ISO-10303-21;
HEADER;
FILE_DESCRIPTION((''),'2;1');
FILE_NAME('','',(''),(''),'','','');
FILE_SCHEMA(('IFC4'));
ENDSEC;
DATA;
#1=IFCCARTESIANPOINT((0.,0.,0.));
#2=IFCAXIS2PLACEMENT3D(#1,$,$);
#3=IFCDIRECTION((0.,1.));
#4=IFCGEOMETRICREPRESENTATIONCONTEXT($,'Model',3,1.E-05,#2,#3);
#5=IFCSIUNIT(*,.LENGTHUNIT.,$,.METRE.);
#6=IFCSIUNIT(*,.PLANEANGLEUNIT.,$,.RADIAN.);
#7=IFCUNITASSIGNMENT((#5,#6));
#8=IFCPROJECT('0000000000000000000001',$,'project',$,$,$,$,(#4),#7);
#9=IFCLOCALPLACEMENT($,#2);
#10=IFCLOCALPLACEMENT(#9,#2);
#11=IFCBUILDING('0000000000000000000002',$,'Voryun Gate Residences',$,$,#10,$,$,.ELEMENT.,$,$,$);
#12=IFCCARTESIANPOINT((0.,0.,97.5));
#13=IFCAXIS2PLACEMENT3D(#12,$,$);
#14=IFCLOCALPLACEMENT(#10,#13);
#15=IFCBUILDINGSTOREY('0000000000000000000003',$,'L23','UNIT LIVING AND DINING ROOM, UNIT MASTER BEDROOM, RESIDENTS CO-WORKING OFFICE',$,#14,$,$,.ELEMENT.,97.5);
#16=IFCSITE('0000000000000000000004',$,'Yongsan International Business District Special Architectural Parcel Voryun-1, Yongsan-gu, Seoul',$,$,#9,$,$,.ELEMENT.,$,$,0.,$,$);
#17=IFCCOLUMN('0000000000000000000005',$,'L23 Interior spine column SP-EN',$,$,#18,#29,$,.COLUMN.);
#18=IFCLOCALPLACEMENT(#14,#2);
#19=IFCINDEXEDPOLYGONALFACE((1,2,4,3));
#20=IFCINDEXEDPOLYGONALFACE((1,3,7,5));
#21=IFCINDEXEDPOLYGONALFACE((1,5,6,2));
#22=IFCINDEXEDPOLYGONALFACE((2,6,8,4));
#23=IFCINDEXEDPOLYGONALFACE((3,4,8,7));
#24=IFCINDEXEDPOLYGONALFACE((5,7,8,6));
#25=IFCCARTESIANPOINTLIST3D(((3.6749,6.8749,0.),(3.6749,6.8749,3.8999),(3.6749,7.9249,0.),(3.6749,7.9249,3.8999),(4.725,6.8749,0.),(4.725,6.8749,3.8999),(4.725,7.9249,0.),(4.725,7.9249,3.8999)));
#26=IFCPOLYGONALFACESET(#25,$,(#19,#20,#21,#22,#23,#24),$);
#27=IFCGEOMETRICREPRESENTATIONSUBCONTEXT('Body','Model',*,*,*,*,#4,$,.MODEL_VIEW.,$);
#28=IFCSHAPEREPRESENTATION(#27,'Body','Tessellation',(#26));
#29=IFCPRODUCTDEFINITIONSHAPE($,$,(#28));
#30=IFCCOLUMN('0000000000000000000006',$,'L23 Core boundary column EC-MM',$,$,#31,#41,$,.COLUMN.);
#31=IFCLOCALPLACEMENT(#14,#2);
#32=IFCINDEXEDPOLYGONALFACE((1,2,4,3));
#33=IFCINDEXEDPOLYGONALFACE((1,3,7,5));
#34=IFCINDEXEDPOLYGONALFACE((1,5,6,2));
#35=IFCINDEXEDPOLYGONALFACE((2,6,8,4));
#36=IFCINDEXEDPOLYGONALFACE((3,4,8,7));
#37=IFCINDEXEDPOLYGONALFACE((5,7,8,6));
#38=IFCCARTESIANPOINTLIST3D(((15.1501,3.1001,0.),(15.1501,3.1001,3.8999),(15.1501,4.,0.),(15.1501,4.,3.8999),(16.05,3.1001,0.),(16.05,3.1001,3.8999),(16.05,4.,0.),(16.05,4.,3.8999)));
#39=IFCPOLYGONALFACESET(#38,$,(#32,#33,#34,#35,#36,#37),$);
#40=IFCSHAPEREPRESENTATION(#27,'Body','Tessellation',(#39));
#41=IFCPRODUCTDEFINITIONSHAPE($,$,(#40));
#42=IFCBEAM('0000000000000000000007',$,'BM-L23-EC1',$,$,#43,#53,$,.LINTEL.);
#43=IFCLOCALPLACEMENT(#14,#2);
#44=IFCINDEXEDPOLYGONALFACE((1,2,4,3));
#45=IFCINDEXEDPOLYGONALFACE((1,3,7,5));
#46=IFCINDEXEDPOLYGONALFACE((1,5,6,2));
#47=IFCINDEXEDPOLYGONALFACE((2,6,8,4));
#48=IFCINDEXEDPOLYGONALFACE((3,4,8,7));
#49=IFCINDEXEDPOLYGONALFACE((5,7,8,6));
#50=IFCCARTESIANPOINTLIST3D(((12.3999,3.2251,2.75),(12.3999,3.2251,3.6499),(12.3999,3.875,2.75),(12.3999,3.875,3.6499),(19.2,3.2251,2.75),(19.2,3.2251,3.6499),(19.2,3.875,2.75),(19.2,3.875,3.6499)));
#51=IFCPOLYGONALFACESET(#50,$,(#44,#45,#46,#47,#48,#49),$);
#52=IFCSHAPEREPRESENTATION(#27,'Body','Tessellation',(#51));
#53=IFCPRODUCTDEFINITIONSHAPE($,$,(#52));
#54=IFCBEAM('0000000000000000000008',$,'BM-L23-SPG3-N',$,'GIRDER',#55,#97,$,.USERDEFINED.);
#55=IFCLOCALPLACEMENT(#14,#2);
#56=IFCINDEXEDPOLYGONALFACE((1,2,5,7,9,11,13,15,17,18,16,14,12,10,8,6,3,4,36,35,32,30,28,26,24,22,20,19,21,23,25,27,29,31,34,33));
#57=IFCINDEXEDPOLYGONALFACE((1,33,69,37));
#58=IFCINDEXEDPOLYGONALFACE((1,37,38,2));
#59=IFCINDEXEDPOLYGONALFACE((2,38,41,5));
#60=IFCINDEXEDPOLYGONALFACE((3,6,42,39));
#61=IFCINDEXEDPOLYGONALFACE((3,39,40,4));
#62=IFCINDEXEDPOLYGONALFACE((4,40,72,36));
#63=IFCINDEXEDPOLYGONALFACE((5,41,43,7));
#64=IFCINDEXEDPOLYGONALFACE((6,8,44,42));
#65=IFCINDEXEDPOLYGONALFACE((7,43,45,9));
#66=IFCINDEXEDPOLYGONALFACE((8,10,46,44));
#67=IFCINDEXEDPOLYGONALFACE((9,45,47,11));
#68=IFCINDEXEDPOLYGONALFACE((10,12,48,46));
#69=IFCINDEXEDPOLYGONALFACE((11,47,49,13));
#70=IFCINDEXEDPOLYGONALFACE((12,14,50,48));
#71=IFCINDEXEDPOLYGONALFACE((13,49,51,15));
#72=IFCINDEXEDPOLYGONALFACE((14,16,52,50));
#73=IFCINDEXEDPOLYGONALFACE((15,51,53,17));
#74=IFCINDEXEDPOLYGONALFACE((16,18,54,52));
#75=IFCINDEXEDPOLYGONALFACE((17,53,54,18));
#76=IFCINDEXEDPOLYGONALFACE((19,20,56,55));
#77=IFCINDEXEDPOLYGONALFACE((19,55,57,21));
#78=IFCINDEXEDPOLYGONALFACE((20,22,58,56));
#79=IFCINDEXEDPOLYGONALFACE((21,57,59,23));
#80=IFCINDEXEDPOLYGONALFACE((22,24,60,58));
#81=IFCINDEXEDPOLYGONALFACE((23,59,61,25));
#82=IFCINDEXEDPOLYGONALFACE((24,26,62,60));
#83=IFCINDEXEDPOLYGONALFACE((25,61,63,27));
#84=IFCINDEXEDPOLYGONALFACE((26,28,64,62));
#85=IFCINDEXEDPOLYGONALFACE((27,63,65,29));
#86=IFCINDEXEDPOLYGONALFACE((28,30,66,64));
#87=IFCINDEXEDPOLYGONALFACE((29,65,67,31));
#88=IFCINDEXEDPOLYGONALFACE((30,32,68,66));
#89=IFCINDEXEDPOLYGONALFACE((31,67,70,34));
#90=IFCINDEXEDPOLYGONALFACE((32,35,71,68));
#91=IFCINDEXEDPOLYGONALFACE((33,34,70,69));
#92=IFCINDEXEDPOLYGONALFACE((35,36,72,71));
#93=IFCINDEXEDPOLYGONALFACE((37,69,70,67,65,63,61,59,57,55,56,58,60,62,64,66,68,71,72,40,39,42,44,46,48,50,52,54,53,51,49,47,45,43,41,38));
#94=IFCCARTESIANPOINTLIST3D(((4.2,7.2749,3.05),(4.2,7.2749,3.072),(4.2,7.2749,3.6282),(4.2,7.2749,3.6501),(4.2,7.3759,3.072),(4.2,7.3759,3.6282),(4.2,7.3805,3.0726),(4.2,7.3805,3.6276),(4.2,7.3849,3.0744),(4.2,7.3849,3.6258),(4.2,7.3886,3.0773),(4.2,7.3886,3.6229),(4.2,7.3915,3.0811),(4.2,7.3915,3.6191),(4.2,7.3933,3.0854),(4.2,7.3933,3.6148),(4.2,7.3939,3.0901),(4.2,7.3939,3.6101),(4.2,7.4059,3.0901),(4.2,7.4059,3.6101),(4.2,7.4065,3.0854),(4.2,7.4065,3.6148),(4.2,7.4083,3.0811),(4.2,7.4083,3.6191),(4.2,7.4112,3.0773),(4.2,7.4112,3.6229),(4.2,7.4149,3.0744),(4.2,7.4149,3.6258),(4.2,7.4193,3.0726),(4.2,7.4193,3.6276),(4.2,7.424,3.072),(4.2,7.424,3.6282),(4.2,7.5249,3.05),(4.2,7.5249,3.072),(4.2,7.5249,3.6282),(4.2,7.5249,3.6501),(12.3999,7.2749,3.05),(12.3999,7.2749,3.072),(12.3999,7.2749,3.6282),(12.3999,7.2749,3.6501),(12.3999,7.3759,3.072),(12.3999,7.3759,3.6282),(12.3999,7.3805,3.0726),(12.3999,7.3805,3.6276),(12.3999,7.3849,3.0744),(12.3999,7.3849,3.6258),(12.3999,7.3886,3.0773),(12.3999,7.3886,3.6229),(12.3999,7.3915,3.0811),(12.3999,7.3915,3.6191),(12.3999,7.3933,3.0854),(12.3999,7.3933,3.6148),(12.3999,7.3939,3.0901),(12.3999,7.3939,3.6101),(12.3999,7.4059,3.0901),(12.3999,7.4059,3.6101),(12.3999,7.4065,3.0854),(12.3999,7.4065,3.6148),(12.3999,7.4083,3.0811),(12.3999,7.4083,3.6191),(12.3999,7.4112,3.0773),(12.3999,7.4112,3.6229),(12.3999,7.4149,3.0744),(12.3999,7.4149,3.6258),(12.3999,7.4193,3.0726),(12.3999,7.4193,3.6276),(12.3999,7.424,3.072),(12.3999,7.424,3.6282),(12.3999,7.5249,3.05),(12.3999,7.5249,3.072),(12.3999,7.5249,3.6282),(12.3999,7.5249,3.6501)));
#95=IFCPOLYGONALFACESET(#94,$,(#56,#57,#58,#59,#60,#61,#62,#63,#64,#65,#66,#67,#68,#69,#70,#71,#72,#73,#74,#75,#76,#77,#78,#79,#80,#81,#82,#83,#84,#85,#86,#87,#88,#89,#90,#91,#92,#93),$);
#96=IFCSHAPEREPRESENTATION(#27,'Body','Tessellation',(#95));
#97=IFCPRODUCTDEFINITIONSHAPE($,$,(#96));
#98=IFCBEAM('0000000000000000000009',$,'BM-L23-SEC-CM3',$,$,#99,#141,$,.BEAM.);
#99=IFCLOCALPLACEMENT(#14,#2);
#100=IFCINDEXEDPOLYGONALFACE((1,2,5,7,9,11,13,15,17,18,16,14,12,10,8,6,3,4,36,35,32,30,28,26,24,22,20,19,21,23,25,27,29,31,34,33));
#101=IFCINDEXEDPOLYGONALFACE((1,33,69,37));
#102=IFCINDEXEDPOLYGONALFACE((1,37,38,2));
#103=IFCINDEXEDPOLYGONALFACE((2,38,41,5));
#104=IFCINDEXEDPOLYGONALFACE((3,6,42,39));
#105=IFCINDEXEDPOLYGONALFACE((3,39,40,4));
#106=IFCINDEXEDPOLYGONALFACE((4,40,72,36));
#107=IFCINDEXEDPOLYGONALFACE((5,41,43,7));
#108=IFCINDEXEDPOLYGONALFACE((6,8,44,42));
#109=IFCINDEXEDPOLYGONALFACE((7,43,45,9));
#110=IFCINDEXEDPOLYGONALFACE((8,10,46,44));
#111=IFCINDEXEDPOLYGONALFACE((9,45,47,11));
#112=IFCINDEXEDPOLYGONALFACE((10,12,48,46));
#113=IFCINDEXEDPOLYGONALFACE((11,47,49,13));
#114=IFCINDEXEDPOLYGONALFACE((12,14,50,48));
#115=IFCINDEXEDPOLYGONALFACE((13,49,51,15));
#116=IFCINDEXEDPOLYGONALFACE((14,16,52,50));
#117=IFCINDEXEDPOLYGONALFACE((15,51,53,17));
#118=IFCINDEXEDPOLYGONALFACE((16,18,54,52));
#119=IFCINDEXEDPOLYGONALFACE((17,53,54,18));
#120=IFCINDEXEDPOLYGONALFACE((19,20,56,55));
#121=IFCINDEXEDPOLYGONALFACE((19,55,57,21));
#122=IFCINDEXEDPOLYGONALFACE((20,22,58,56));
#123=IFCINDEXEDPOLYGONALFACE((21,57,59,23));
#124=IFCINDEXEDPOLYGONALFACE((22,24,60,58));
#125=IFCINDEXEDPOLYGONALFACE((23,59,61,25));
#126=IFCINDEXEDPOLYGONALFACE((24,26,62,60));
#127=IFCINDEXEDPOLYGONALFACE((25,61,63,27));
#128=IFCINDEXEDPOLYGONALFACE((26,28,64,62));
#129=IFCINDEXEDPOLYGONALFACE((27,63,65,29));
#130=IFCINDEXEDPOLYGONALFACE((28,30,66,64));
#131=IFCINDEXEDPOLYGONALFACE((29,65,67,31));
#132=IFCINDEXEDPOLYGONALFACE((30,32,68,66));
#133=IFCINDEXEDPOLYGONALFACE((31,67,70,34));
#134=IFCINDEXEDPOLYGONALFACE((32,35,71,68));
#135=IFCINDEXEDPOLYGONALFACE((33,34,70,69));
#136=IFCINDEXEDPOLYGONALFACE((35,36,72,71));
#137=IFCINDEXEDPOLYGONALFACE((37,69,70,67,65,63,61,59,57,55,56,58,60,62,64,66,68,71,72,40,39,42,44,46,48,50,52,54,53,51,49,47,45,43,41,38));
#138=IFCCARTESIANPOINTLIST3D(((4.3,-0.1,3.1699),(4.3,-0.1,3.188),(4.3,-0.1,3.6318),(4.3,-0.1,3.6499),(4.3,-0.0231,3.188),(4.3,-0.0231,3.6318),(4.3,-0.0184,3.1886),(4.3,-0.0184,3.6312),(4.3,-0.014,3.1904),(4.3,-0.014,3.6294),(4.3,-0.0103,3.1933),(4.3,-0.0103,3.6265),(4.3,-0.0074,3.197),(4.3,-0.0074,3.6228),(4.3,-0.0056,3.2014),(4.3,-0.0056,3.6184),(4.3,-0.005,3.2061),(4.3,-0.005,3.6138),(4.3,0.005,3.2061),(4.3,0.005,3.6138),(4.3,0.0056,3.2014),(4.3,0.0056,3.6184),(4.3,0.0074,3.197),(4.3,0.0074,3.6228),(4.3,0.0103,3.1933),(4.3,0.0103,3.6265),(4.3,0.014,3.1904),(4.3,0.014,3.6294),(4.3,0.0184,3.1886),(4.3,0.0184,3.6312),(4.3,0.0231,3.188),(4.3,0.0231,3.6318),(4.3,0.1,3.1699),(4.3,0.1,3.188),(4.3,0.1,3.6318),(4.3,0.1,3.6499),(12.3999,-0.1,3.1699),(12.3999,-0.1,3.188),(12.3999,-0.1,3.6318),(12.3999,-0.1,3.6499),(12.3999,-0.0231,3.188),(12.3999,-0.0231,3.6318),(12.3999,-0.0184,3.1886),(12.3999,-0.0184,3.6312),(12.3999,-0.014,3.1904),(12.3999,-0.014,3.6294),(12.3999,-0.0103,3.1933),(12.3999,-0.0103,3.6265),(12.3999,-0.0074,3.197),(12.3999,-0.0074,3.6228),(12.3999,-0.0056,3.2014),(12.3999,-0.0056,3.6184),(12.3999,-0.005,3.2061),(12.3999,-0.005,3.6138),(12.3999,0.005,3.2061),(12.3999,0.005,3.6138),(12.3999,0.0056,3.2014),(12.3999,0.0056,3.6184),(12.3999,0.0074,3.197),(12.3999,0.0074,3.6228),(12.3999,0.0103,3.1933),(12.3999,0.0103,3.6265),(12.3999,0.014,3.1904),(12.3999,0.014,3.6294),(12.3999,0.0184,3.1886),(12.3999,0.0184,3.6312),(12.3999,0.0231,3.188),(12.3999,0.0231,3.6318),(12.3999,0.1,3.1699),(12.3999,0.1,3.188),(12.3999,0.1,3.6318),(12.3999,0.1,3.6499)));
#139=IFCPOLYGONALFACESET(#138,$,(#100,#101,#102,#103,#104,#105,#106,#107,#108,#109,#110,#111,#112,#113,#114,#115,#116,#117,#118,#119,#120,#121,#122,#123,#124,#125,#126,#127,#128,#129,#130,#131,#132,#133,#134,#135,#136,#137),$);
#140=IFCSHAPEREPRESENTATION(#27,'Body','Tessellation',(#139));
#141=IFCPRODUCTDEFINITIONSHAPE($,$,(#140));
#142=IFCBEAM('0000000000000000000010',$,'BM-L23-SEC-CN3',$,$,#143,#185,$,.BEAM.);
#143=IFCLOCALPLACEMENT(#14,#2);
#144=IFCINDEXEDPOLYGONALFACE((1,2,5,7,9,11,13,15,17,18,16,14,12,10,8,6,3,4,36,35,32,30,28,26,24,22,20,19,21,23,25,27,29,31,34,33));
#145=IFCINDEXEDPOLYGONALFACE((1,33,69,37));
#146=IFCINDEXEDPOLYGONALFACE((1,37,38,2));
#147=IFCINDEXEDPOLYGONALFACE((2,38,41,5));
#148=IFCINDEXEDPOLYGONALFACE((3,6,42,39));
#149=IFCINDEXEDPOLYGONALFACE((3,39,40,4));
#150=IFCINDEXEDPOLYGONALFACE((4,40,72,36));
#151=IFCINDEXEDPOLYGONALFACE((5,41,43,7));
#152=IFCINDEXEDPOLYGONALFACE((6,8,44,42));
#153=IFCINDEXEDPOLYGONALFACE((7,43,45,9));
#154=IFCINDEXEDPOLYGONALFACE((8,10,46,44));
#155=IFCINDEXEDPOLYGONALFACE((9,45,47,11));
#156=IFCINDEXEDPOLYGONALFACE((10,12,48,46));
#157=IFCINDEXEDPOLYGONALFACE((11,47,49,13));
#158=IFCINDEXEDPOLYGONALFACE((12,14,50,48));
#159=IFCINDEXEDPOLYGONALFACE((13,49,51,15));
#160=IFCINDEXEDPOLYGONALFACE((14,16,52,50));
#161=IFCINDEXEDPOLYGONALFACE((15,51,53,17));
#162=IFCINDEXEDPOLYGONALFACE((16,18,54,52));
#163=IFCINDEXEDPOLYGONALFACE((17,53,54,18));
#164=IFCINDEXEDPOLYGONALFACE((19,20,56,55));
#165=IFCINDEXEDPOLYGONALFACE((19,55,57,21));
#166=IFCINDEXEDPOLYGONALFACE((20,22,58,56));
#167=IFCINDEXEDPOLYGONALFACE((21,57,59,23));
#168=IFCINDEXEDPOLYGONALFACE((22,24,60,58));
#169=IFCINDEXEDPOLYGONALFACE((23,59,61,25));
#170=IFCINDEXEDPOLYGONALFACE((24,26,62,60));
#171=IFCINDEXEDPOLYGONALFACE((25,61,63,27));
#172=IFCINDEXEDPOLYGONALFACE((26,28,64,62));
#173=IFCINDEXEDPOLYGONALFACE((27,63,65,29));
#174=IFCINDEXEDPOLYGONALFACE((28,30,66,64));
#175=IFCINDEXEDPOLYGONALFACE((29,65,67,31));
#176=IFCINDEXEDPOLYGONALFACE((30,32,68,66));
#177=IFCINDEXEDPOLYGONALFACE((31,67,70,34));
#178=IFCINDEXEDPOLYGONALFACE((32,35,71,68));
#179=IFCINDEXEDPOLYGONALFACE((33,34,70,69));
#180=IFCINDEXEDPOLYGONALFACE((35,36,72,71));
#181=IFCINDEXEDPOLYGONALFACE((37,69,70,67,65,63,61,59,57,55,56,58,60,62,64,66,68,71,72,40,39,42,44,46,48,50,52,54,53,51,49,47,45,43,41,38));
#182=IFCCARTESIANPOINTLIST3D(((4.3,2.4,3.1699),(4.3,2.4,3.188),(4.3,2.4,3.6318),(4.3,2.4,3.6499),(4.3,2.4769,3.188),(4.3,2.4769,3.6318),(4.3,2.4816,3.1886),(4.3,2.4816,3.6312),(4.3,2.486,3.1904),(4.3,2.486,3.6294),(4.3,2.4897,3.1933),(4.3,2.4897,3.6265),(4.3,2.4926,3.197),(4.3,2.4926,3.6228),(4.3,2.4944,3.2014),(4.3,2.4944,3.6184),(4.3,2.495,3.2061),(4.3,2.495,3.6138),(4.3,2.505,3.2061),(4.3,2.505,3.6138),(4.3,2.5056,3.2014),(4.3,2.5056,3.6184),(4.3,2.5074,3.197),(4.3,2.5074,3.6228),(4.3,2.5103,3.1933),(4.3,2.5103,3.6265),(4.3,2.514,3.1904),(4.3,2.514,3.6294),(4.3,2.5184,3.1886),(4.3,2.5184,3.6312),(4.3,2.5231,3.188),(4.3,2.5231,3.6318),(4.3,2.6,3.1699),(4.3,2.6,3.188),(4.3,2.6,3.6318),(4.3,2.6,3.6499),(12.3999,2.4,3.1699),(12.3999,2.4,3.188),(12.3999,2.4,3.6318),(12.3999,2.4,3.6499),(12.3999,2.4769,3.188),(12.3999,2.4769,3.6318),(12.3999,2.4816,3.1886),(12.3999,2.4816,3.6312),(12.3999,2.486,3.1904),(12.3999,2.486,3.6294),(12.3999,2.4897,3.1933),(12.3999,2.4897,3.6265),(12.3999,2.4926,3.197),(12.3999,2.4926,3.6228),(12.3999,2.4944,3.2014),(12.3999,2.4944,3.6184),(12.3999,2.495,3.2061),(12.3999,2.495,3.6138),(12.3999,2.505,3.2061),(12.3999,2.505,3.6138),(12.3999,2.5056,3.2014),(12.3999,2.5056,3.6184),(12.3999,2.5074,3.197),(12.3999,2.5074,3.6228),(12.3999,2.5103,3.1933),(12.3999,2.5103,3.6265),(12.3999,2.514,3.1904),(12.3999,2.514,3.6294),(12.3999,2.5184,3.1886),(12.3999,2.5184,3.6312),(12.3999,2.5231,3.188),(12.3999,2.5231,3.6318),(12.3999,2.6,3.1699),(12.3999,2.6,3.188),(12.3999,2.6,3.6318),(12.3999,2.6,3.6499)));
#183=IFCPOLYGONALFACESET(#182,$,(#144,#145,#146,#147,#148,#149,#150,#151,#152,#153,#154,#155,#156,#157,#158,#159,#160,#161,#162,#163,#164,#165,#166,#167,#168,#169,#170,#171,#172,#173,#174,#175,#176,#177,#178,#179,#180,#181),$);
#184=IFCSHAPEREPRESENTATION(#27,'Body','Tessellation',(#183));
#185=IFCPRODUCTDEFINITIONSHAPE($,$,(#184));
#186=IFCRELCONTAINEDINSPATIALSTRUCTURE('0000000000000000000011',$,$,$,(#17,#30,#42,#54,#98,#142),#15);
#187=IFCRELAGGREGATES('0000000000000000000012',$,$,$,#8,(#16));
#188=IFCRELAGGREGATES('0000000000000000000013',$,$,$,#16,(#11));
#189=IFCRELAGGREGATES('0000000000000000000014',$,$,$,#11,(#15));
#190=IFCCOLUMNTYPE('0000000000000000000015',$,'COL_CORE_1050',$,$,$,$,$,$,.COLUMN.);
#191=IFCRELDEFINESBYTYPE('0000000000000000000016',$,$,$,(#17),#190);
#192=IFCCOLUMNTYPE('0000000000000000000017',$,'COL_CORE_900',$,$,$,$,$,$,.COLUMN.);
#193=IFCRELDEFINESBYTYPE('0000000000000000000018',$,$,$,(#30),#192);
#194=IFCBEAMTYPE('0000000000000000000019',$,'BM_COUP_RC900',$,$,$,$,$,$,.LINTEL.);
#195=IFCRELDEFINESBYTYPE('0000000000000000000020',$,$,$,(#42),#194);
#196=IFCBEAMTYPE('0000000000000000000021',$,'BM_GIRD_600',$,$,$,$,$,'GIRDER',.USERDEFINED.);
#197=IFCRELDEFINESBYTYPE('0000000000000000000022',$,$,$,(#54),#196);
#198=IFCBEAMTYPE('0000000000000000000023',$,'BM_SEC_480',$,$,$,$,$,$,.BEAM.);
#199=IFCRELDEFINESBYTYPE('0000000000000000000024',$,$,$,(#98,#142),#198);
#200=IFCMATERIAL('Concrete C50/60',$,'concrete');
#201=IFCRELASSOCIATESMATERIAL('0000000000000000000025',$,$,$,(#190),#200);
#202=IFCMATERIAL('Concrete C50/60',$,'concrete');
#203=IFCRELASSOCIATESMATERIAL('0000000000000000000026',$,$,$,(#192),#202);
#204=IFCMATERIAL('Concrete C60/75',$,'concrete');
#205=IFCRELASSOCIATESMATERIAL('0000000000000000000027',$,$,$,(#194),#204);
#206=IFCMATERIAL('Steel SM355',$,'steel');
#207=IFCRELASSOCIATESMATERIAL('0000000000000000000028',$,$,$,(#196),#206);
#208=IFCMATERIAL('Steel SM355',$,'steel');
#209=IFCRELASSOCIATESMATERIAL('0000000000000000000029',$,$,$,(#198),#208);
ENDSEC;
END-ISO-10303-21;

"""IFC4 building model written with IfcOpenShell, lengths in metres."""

from ifc_helpers import new_model, si_unit, direction, frame, origin, origin_2d, place, context, subcontext, project, spatial, rectangle, i_section, extrude, material, material_profile, profile_set, type_object, element, save


model = new_model("IFC4")

# Units and contexts
model_context = context("Model", 3, precision=1e-05, world=origin(), true_north=direction((0.0, 1.0)))
body_context = subcontext(model_context, "Body", "Model", "MODEL_VIEW")
ifc_project = project(units=[si_unit("LENGTHUNIT", "METRE"), si_unit("PLANEANGLEUNIT", "RADIAN")], contexts=[model_context])

# Site, building, storey
site_placement = place(None, origin())
site = spatial("IfcSite", under=ifc_project, at=site_placement, Name="Yongsan International Business District Special Architectural Parcel Voryun-1, Yongsan-gu, Seoul", CompositionType="ELEMENT", RefElevation=0.0)
building_placement = place(site_placement, origin())
building = spatial("IfcBuilding", under=site, at=building_placement, Name="Voryun Gate Residences", CompositionType="ELEMENT")
storey_placement = place(building_placement, frame((0.0, 0.0, 97.5)))
storey = spatial("IfcBuildingStorey", under=building, at=storey_placement, Name="L23", Description="UNIT LIVING AND DINING ROOM, UNIT MASTER BEDROOM, RESIDENTS CO-WORKING OFFICE", CompositionType="ELEMENT", Elevation=97.5)

# Columns
ifc_material_1 = material(Name="Concrete C50/60", Category="concrete")
ifc_material_profile_1 = material_profile(ifc_material_1, rectangle(XDim=1.05, YDim=1.05, at=origin_2d()), Name="RC-1050x1050")
ifc_profile_set_1 = profile_set([ifc_material_profile_1], Name="Concrete C50/60")
column_type_1 = type_object("IfcColumnType", Name="COL_CORE_1050", PredefinedType="COLUMN", material=ifc_profile_set_1)
column_1_placement = place(storey_placement, frame((4.2, 7.3999, 0.0), z_axis=(0.0, 0.0, 1.0), x_axis=(1.0, 0.0, 0.0)))
element("IfcColumn", 1, at=column_1_placement, inside=storey, type_object=column_type_1, Name="L23 Interior spine column SP-EN", PredefinedType="COLUMN", context=body_context, shape_type="SweptSolid", body=[
    extrude(rectangle(XDim=1.05, YDim=1.05, at=origin_2d()), origin(), (0.0, 0.0, 1.0), 3.8999),
])
ifc_material_2 = material(Name="Concrete C50/60", Category="concrete")
ifc_material_profile_2 = material_profile(ifc_material_2, rectangle(XDim=0.8999, YDim=0.8999, at=origin_2d()), Name="RC-900x900")
ifc_profile_set_2 = profile_set([ifc_material_profile_2], Name="Concrete C50/60")
column_type_2 = type_object("IfcColumnType", Name="COL_CORE_900", PredefinedType="COLUMN", material=ifc_profile_set_2)
column_2_placement = place(storey_placement, frame((15.6001, 3.55, 0.0), z_axis=(0.0, 0.0, 1.0), x_axis=(1.0, 0.0, 0.0)))
element("IfcColumn", 2, at=column_2_placement, inside=storey, type_object=column_type_2, Name="L23 Core boundary column EC-MM", PredefinedType="COLUMN", context=body_context, shape_type="SweptSolid", body=[
    extrude(rectangle(XDim=0.8999, YDim=0.8999, at=origin_2d()), origin(), (0.0, 0.0, 1.0), 3.8999),
])

# Beams
ifc_material_3 = material(Name="Concrete C60/75", Category="concrete")
ifc_material_profile_3 = material_profile(ifc_material_3, rectangle(XDim=0.6499, YDim=0.8999, at=origin_2d()), Name="RC-650x900")
ifc_profile_set_3 = profile_set([ifc_material_profile_3], Name="Concrete C60/75")
beam_type_1 = type_object("IfcBeamType", Name="BM_COUP_RC900", PredefinedType="LINTEL", material=ifc_profile_set_3)
beam_1_placement = place(storey_placement, frame((12.3999, 3.55, 3.2), z_axis=(1.0, 0.0, 0.0), x_axis=(0.0, 1.0, 0.0)))
element("IfcBeam", 3, at=beam_1_placement, inside=storey, type_object=beam_type_1, Name="BM-L23-EC1", PredefinedType="LINTEL", context=body_context, shape_type="SweptSolid", body=[
    extrude(rectangle(XDim=0.6499, YDim=0.8999, at=origin_2d()), origin(), (0.0, 0.0, 1.0), 6.8),
])
ifc_material_4 = material(Name="Steel SM355", Category="steel")
ifc_material_profile_4 = material_profile(ifc_material_4, i_section(OverallWidth=0.25, OverallDepth=0.6001, WebThickness=0.012, FlangeThickness=0.022, FilletRadius=0.0181, at=origin_2d()), Name="H-600x250x12x22")
ifc_profile_set_4 = profile_set([ifc_material_profile_4], Name="Steel SM355")
beam_type_2 = type_object("IfcBeamType", Name="BM_GIRD_600", ElementType="GIRDER", PredefinedType="USERDEFINED", material=ifc_profile_set_4)
beam_2_placement = place(storey_placement, frame((4.2, 7.3999, 3.3501), z_axis=(1.0, 0.0, 0.0), x_axis=(0.0, 1.0, 0.0)))
element("IfcBeam", 4, at=beam_2_placement, inside=storey, type_object=beam_type_2, Name="BM-L23-SPG3-N", ObjectType="GIRDER", PredefinedType="USERDEFINED", context=body_context, shape_type="SweptSolid", body=[
    extrude(i_section(OverallWidth=0.25, OverallDepth=0.6001, WebThickness=0.012, FlangeThickness=0.022, FilletRadius=0.0181, at=origin_2d()), origin(), (0.0, 0.0, 1.0), 8.2),
])
ifc_material_5 = material(Name="Steel SM355", Category="steel")
ifc_material_profile_5 = material_profile(ifc_material_5, i_section(OverallWidth=0.2, OverallDepth=0.48, WebThickness=0.01, FlangeThickness=0.0181, FilletRadius=0.0181, at=origin_2d()), Name="H-480x200x10x18")
ifc_profile_set_5 = profile_set([ifc_material_profile_5], Name="Steel SM355")
beam_type_3 = type_object("IfcBeamType", Name="BM_SEC_480", PredefinedType="BEAM", material=ifc_profile_set_5)
for number, where, z_axis, x_axis, name in (
    (5, (4.3, 0.0, 3.4099), (1.0, 0.0, 0.0), (0.0, 1.0, 0.0), "BM-L23-SEC-CM3"),
    (6, (4.3, 2.5, 3.4099), (1.0, 0.0, 0.0), (0.0, 1.0, 0.0), "BM-L23-SEC-CN3"),
):
    element("IfcBeam", number, at=place(storey_placement, frame(where, z_axis=z_axis, x_axis=x_axis)), inside=storey, type_object=beam_type_3, Name=name, PredefinedType="BEAM", context=body_context, shape_type="SweptSolid", body=[
        extrude(i_section(OverallWidth=0.2, OverallDepth=0.48, WebThickness=0.01, FlangeThickness=0.0181, FilletRadius=0.0181, at=origin_2d()), origin(), (0.0, 0.0, 1.0), 8.0999),
    ])

save(model, "model.ifc")
